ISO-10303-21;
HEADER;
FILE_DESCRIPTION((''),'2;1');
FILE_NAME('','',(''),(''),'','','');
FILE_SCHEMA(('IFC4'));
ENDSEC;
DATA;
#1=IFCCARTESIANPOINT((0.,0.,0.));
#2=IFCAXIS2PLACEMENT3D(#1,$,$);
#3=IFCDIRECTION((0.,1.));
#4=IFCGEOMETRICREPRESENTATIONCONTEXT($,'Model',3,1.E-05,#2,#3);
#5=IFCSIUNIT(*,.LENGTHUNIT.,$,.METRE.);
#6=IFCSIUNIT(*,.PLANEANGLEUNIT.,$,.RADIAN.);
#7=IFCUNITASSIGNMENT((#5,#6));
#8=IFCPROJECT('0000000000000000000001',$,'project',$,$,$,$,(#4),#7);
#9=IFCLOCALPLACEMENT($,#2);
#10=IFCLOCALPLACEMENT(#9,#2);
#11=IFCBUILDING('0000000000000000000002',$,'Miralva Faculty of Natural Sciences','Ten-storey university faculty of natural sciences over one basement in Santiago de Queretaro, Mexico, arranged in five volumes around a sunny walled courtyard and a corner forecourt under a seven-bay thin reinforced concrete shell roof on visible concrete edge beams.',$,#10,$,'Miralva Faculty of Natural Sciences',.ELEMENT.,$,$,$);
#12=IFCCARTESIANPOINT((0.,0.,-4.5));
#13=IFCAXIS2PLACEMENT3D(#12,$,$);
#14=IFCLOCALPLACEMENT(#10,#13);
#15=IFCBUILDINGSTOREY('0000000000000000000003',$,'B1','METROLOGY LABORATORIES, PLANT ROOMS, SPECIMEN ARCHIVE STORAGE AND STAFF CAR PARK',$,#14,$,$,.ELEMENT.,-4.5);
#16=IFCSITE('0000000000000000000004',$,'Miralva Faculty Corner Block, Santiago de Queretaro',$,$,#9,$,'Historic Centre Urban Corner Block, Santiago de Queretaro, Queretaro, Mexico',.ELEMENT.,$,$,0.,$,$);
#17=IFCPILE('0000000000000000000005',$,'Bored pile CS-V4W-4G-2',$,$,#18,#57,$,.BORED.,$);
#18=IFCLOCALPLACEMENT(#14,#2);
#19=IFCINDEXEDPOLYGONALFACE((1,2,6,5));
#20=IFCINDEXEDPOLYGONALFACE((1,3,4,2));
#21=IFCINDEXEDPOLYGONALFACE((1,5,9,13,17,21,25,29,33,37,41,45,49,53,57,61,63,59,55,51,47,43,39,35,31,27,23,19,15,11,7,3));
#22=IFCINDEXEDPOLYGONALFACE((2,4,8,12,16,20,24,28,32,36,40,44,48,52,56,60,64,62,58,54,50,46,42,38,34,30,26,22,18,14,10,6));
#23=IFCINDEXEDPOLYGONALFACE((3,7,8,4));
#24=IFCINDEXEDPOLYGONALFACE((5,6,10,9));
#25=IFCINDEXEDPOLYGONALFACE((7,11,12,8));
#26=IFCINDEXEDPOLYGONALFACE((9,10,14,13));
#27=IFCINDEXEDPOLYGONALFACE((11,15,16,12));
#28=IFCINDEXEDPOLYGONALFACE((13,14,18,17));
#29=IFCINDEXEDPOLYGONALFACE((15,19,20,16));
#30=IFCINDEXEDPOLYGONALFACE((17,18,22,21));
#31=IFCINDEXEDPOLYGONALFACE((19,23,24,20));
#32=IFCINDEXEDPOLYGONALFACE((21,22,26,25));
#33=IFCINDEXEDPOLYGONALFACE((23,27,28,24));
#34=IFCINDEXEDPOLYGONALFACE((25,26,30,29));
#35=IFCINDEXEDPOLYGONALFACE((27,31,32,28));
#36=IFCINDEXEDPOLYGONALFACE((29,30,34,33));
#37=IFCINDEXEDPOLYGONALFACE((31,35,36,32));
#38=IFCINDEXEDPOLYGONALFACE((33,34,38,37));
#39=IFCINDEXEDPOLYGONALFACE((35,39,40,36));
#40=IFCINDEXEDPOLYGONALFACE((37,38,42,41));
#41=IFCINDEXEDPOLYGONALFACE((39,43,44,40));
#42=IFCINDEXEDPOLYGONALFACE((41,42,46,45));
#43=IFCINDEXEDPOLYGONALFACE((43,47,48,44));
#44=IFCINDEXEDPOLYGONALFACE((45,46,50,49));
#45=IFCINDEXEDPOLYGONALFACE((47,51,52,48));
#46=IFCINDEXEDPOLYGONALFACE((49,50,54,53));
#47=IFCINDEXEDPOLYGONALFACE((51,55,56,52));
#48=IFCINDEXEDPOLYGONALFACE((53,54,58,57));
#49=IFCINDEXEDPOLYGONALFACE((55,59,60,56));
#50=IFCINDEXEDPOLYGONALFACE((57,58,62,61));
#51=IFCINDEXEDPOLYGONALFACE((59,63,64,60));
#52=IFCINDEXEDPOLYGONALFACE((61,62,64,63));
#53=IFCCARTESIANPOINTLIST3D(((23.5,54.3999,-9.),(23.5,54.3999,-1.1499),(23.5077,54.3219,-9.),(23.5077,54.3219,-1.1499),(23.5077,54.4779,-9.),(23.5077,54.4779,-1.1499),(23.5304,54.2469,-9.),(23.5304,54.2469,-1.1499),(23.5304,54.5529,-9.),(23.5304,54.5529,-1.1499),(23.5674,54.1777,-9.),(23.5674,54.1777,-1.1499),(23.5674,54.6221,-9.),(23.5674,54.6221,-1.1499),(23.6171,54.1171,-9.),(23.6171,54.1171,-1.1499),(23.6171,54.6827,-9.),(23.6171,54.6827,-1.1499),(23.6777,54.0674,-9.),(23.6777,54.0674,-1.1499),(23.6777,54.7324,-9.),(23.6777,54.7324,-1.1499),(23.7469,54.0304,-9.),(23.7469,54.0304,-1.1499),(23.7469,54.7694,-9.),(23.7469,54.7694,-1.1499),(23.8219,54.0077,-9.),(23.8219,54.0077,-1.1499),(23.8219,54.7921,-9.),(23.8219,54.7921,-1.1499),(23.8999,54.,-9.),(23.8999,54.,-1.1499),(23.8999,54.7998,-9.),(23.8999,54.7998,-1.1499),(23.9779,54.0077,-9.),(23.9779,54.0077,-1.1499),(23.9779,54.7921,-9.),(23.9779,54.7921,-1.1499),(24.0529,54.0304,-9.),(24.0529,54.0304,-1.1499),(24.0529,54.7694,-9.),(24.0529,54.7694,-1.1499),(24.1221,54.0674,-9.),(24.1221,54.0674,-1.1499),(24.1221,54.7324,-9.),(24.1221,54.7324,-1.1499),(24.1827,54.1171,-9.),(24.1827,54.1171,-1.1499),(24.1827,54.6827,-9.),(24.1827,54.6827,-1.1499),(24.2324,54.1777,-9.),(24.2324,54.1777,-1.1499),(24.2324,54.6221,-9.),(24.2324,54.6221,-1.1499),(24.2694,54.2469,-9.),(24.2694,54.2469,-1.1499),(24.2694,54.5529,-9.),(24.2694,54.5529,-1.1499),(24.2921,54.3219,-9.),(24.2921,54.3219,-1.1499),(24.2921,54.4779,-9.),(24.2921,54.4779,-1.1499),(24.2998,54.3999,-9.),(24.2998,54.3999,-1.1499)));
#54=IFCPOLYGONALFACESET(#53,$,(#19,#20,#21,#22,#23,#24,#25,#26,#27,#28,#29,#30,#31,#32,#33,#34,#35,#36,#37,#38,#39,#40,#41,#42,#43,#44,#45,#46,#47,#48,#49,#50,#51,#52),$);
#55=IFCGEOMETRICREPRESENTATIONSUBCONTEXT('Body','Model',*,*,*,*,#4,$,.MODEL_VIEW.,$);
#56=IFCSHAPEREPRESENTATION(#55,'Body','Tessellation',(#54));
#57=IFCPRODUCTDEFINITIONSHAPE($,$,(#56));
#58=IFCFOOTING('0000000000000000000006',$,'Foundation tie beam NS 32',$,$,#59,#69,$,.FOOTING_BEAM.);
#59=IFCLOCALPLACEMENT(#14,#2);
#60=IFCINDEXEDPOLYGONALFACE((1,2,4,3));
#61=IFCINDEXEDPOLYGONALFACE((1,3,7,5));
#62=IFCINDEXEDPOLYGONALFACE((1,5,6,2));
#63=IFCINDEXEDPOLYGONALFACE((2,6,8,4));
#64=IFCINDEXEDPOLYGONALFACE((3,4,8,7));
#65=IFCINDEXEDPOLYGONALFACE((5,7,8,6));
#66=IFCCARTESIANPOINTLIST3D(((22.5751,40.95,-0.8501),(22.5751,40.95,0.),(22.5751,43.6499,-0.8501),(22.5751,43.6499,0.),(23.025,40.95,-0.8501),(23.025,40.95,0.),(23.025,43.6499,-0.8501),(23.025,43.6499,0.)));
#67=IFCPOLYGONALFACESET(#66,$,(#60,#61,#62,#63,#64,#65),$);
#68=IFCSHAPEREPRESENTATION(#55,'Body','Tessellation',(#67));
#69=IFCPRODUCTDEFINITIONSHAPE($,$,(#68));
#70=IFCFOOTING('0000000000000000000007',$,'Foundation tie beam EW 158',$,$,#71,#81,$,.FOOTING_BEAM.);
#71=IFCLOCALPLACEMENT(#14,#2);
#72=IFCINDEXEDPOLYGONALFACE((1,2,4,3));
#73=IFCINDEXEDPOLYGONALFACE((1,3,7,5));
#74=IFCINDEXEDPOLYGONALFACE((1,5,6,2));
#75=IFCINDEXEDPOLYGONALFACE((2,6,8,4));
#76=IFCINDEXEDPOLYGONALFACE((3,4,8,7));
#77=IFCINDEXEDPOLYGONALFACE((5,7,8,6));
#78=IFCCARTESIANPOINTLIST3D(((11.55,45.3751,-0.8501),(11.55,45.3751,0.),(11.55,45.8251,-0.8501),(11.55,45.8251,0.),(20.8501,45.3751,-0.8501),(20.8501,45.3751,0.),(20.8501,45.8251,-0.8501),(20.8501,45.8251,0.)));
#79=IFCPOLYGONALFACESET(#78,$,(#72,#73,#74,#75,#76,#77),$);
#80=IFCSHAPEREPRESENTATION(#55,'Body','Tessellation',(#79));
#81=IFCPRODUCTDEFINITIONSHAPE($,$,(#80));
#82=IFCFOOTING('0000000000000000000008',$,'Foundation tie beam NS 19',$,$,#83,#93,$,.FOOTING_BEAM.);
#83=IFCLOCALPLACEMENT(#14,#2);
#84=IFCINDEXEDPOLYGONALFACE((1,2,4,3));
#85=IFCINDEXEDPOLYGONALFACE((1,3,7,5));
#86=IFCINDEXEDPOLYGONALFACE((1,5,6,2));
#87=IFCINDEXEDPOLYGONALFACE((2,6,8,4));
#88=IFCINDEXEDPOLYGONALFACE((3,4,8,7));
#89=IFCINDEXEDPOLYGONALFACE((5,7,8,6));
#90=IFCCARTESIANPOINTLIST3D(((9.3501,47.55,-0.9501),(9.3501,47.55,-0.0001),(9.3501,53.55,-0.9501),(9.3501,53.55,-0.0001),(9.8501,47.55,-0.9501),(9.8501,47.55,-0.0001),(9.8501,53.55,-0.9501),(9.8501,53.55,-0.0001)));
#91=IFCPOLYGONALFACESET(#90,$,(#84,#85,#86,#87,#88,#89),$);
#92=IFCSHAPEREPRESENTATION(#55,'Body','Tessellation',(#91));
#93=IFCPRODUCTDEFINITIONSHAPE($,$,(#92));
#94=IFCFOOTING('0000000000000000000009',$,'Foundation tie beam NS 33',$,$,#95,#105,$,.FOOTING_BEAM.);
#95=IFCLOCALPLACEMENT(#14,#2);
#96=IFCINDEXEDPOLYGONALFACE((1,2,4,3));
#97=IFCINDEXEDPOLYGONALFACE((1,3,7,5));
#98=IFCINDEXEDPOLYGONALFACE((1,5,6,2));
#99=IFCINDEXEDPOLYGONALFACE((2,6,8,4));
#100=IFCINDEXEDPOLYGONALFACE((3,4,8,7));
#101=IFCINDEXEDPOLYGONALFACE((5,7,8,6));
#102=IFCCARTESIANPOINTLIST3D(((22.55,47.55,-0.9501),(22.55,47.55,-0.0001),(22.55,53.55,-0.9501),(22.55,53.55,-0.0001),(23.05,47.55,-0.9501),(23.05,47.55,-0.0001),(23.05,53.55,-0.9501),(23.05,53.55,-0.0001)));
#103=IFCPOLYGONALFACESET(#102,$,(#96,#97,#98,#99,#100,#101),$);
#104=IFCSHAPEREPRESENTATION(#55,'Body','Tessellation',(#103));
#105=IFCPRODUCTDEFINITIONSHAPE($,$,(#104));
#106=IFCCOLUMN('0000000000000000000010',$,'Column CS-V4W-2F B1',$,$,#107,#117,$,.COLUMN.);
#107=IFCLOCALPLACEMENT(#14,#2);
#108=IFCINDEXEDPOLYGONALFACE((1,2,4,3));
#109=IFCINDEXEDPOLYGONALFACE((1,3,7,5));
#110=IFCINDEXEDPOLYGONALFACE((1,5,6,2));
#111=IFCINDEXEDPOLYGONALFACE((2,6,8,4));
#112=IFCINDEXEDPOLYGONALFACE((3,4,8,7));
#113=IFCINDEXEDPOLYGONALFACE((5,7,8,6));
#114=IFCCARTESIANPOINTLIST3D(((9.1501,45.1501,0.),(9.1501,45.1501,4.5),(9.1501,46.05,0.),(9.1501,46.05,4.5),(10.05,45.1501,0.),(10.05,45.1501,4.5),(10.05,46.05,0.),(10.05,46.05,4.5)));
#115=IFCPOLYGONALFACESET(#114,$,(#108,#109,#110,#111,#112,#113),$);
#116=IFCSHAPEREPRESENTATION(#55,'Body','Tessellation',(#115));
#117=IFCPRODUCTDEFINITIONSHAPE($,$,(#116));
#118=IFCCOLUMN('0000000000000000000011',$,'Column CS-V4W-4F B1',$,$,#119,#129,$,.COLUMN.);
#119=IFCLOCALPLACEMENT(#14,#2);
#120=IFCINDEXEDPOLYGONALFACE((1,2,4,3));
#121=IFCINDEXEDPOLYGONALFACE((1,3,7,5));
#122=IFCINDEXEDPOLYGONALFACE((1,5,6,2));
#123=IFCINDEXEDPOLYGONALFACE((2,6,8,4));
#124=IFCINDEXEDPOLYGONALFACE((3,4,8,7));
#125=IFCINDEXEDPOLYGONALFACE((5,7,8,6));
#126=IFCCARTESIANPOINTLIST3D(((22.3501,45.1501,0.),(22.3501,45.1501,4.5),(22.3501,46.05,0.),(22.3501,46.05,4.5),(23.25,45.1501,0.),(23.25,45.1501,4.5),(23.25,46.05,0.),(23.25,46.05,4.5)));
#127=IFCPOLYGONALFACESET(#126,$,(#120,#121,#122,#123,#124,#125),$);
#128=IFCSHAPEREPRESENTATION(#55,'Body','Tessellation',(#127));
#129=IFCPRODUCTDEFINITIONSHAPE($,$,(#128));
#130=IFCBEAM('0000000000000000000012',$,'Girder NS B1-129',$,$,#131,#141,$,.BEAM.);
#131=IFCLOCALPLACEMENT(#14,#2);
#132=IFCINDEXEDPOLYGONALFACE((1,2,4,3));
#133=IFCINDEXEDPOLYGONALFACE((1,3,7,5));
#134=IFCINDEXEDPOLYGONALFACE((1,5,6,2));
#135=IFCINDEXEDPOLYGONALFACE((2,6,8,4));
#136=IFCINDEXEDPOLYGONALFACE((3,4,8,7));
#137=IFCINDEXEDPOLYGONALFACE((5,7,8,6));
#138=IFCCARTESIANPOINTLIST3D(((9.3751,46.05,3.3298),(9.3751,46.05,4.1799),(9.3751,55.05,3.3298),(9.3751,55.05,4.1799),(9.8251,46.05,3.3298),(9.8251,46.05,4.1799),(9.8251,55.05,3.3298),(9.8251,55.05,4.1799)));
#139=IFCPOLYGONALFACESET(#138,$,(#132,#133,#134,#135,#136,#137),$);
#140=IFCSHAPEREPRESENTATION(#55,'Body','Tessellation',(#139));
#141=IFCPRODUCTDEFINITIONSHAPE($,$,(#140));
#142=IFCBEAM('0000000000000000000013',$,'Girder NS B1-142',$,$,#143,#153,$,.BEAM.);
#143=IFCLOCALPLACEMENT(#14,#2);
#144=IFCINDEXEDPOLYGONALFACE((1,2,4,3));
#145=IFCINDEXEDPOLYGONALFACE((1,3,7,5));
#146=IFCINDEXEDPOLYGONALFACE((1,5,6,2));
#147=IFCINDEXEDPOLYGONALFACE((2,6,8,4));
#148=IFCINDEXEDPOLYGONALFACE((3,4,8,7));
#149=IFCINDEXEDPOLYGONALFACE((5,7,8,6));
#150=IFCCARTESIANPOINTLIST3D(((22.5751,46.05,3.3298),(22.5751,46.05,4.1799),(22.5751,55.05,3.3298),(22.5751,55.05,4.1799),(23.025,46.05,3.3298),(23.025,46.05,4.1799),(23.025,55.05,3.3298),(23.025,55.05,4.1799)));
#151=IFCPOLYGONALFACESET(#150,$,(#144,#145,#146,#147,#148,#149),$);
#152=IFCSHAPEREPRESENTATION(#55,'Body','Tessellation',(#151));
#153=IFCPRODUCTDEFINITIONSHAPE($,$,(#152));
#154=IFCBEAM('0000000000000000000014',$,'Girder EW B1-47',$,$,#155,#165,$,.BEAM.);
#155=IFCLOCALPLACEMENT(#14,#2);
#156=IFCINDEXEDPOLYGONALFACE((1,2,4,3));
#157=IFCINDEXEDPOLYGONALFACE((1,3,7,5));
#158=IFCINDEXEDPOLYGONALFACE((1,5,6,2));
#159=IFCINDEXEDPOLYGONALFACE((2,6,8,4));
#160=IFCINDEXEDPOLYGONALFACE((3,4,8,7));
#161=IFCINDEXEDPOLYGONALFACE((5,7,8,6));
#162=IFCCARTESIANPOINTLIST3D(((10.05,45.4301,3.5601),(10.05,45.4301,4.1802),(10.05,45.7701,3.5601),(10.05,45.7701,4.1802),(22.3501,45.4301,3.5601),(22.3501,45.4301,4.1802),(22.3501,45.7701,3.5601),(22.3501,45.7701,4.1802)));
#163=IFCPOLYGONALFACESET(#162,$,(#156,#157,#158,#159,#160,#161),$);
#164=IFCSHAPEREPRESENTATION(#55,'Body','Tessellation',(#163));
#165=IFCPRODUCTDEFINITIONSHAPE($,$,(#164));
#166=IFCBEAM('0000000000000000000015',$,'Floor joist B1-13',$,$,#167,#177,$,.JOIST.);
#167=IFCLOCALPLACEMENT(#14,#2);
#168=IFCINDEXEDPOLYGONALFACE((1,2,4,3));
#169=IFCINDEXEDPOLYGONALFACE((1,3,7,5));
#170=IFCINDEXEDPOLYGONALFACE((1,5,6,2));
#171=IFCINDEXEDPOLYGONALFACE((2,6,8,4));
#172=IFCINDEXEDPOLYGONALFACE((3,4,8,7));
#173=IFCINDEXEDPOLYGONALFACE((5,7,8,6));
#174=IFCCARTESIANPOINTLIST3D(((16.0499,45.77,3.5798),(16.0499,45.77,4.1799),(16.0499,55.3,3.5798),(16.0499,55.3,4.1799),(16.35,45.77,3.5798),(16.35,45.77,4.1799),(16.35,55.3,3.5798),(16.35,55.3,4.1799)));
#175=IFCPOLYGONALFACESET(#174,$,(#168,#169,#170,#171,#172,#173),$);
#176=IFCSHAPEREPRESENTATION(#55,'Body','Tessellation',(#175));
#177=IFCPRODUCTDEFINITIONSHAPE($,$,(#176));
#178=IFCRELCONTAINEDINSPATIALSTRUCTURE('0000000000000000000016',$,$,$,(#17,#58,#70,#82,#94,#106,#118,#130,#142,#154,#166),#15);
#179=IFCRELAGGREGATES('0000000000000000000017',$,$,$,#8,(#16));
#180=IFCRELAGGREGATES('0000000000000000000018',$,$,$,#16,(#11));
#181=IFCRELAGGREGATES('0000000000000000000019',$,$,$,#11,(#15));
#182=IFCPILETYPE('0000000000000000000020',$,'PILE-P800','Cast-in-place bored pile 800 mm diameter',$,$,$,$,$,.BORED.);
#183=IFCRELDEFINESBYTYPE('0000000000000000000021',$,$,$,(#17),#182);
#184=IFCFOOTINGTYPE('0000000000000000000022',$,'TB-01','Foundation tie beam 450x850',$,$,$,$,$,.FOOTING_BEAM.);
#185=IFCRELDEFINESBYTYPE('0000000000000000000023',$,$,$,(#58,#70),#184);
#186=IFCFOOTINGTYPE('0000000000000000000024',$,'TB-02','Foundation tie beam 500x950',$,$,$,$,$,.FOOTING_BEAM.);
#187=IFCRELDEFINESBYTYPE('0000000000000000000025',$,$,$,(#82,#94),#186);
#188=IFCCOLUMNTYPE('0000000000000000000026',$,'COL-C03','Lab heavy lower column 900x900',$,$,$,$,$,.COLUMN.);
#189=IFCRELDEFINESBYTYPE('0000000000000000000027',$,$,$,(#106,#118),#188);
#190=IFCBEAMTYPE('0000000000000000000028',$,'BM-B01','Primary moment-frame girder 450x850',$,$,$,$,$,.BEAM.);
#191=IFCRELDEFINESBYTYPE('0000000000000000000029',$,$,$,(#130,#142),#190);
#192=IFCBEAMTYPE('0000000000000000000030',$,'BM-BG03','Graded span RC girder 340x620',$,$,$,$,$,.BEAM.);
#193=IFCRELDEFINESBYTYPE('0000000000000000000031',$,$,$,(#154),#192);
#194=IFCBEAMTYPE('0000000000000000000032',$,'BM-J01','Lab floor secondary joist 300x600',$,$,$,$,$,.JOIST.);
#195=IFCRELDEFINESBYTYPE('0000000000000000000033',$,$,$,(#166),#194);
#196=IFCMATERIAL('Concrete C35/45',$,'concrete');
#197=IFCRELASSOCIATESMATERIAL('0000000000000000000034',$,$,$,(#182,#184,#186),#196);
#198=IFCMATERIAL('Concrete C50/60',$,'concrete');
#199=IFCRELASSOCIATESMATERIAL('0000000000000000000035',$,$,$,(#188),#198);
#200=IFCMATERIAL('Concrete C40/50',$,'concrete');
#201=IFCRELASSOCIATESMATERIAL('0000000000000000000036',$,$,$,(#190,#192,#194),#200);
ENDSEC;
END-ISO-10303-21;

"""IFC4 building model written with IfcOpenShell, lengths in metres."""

from ifc_helpers import new_model, si_unit, direction, frame, origin, origin_2d, place, context, subcontext, project, spatial, rectangle, circle, extrude, material, material_profile, profile_set, type_object, element, save


model = new_model("IFC4")

# Units and contexts
model_context = context("Model", 3, precision=1e-05, world=origin(), true_north=direction((0.0, 1.0)))
body_context = subcontext(model_context, "Body", "Model", "MODEL_VIEW")
ifc_project = project(units=[si_unit("LENGTHUNIT", "METRE"), si_unit("PLANEANGLEUNIT", "RADIAN")], contexts=[model_context])

# Site, building, storey
site_placement = place(None, origin())
site = spatial("IfcSite", under=ifc_project, at=site_placement, Name="Miralva Faculty Corner Block, Santiago de Queretaro", LongName="Historic Centre Urban Corner Block, Santiago de Queretaro, Queretaro, Mexico", CompositionType="ELEMENT", RefElevation=0.0)
building_placement = place(site_placement, origin())
building = spatial("IfcBuilding", under=site, at=building_placement, Name="Miralva Faculty of Natural Sciences", Description="Ten-storey university faculty of natural sciences over one basement in Santiago de Queretaro, Mexico, arranged in five volumes around a sunny walled courtyard and a corner forecourt under a seven-bay thin reinforced concrete shell roof on visible concrete edge beams.", LongName="Miralva Faculty of Natural Sciences", CompositionType="ELEMENT")
storey_placement = place(building_placement, frame((0.0, 0.0, -4.5)))
storey = spatial("IfcBuildingStorey", under=building, at=storey_placement, Name="B1", Description="METROLOGY LABORATORIES, PLANT ROOMS, SPECIMEN ARCHIVE STORAGE AND STAFF CAR PARK", CompositionType="ELEMENT", Elevation=-4.5)

# Shared definitions
ifc_material_1 = material(Name="Concrete C35/45", Category="concrete")

# Pile
ifc_material_profile_1 = material_profile(ifc_material_1, circle(Radius=0.3999, at=origin_2d()), Name="BORED PILE 800")
ifc_profile_set_1 = profile_set([ifc_material_profile_1], Name="Concrete C35/45")
pile_type = type_object("IfcPileType", Name="PILE-P800", Description="Cast-in-place bored pile 800 mm diameter", PredefinedType="BORED", material=ifc_profile_set_1)
for number, where, z_axis, x_axis, name in (
    (1, (23.8999, 54.3999, -1.1499), (0.0, 0.0, -1.0), (1.0, 0.0, 0.0), "Bored pile CS-V4W-4G-2"),
):
    element("IfcPile", number, at=place(storey_placement, frame(where, z_axis=z_axis, x_axis=x_axis)), inside=storey, type_object=pile_type, Name=name, PredefinedType="BORED", context=body_context, shape_type="SweptSolid", body=[
        extrude(circle(Radius=0.3999, at=origin_2d()), origin(), (0.0, 0.0, 1.0), 7.8501),
    ])

# Footings
ifc_material_profile_2 = material_profile(ifc_material_1, rectangle(XDim=0.45, YDim=0.8501, at=origin_2d()), Name="RC 450x850")
ifc_profile_set_2 = profile_set([ifc_material_profile_2], Name="Concrete C35/45")
footing_type_1 = type_object("IfcFootingType", Name="TB-01", Description="Foundation tie beam 450x850", PredefinedType="FOOTING_BEAM", material=ifc_profile_set_2)
footing_1_placement = place(storey_placement, frame((22.8, 40.95, -0.425), z_axis=(0.0, 1.0, 0.0), x_axis=(-1.0, 0.0, 0.0)))
element("IfcFooting", 2, at=footing_1_placement, inside=storey, type_object=footing_type_1, Name="Foundation tie beam NS 32", PredefinedType="FOOTING_BEAM", context=body_context, shape_type="SweptSolid", body=[
    extrude(rectangle(XDim=0.45, YDim=0.8501, at=origin_2d()), origin(), (0.0, 0.0, 1.0), 2.7),
])
footing_2_placement = place(storey_placement, frame((11.55, 45.6001, -0.425), z_axis=(1.0, 0.0, 0.0), x_axis=(0.0, 1.0, 0.0)))
element("IfcFooting", 3, at=footing_2_placement, inside=storey, type_object=footing_type_1, Name="Foundation tie beam EW 158", PredefinedType="FOOTING_BEAM", context=body_context, shape_type="SweptSolid", body=[
    extrude(rectangle(XDim=0.45, YDim=0.8501, at=origin_2d()), origin(), (0.0, 0.0, 1.0), 9.3),
])
ifc_material_profile_3 = material_profile(ifc_material_1, rectangle(XDim=0.5, YDim=0.95, at=origin_2d()), Name="RC 500x950")
ifc_profile_set_3 = profile_set([ifc_material_profile_3], Name="Concrete C35/45")
footing_type_2 = type_object("IfcFootingType", Name="TB-02", Description="Foundation tie beam 500x950", PredefinedType="FOOTING_BEAM", material=ifc_profile_set_3)
for number, where, z_axis, x_axis, name in (
    (4, (9.6001, 47.55, -0.4751), (0.0, 1.0, 0.0), (-1.0, 0.0, 0.0), "Foundation tie beam NS 19"),
    (5, (22.8, 47.55, -0.4751), (0.0, 1.0, 0.0), (-1.0, 0.0, 0.0), "Foundation tie beam NS 33"),
):
    element("IfcFooting", number, at=place(storey_placement, frame(where, z_axis=z_axis, x_axis=x_axis)), inside=storey, type_object=footing_type_2, Name=name, PredefinedType="FOOTING_BEAM", context=body_context, shape_type="SweptSolid", body=[
        extrude(rectangle(XDim=0.5, YDim=0.95, at=origin_2d()), origin(), (0.0, 0.0, 1.0), 6.0),
    ])

# Columns
ifc_material_2 = material(Name="Concrete C50/60", Category="concrete")
ifc_material_profile_4 = material_profile(ifc_material_2, rectangle(XDim=0.8999, YDim=0.8999, at=origin_2d()), Name="RC 900x900")
ifc_profile_set_4 = profile_set([ifc_material_profile_4], Name="Concrete C50/60")
column_type = type_object("IfcColumnType", Name="COL-C03", Description="Lab heavy lower column 900x900", PredefinedType="COLUMN", material=ifc_profile_set_4)
for number, where, z_axis, x_axis, name in (
    (6, (9.6001, 45.6001, 0.0), (0.0, 0.0, 1.0), (1.0, 0.0, 0.0), "Column CS-V4W-2F B1"),
    (7, (22.8, 45.6001, 0.0), (0.0, 0.0, 1.0), (1.0, 0.0, 0.0), "Column CS-V4W-4F B1"),
):
    element("IfcColumn", number, at=place(storey_placement, frame(where, z_axis=z_axis, x_axis=x_axis)), inside=storey, type_object=column_type, Name=name, PredefinedType="COLUMN", context=body_context, shape_type="SweptSolid", body=[
        extrude(rectangle(XDim=0.8999, YDim=0.8999, at=origin_2d()), origin(), (0.0, 0.0, 1.0), 4.5),
    ])

# Beams
ifc_material_3 = material(Name="Concrete C40/50", Category="concrete")
ifc_material_profile_5 = material_profile(ifc_material_3, rectangle(XDim=0.45, YDim=0.8501, at=origin_2d()), Name="RC 450x850")
ifc_profile_set_5 = profile_set([ifc_material_profile_5], Name="Concrete C40/50")
beam_type_1 = type_object("IfcBeamType", Name="BM-B01", Description="Primary moment-frame girder 450x850", PredefinedType="BEAM", material=ifc_profile_set_5)
for number, where, z_axis, x_axis, name in (
    (8, (9.6001, 46.05, 3.7549), (0.0, 1.0, 0.0), (-1.0, 0.0, 0.0), "Girder NS B1-129"),
    (9, (22.8, 46.05, 3.7549), (0.0, 1.0, 0.0), (-1.0, 0.0, 0.0), "Girder NS B1-142"),
):
    element("IfcBeam", number, at=place(storey_placement, frame(where, z_axis=z_axis, x_axis=x_axis)), inside=storey, type_object=beam_type_1, Name=name, PredefinedType="BEAM", context=body_context, shape_type="SweptSolid", body=[
        extrude(rectangle(XDim=0.45, YDim=0.8501, at=origin_2d()), origin(), (0.0, 0.0, 1.0), 9.0),
    ])
ifc_material_profile_6 = material_profile(ifc_material_3, rectangle(XDim=0.3401, YDim=0.6201, at=origin_2d()), Name="RC 340x620")
ifc_profile_set_6 = profile_set([ifc_material_profile_6], Name="Concrete C40/50")
beam_type_2 = type_object("IfcBeamType", Name="BM-BG03", Description="Graded span RC girder 340x620", PredefinedType="BEAM", material=ifc_profile_set_6)
beam_1_placement = place(storey_placement, frame((10.05, 45.6001, 3.8701), z_axis=(1.0, 0.0, 0.0), x_axis=(0.0, 1.0, 0.0)))
element("IfcBeam", 10, at=beam_1_placement, inside=storey, type_object=beam_type_2, Name="Girder EW B1-47", PredefinedType="BEAM", context=body_context, shape_type="SweptSolid", body=[
    extrude(rectangle(XDim=0.3401, YDim=0.6201, at=origin_2d()), origin(), (0.0, 0.0, 1.0), 12.3),
])
ifc_material_profile_7 = material_profile(ifc_material_3, rectangle(XDim=0.3, YDim=0.6001, at=origin_2d()), Name="RC 300x600")
ifc_profile_set_7 = profile_set([ifc_material_profile_7], Name="Concrete C40/50")
beam_type_3 = type_object("IfcBeamType", Name="BM-J01", Description="Lab floor secondary joist 300x600", PredefinedType="JOIST", material=ifc_profile_set_7)
beam_2_placement = place(storey_placement, frame((16.2, 45.77, 3.8799), z_axis=(0.0, 1.0, 0.0), x_axis=(-1.0, 0.0, 0.0)))
element("IfcBeam", 11, at=beam_2_placement, inside=storey, type_object=beam_type_3, Name="Floor joist B1-13", PredefinedType="JOIST", context=body_context, shape_type="SweptSolid", body=[
    extrude(rectangle(XDim=0.3, YDim=0.6001, at=origin_2d()), origin(), (0.0, 0.0, 1.0), 9.53),
])

save(model, "model.ifc")
